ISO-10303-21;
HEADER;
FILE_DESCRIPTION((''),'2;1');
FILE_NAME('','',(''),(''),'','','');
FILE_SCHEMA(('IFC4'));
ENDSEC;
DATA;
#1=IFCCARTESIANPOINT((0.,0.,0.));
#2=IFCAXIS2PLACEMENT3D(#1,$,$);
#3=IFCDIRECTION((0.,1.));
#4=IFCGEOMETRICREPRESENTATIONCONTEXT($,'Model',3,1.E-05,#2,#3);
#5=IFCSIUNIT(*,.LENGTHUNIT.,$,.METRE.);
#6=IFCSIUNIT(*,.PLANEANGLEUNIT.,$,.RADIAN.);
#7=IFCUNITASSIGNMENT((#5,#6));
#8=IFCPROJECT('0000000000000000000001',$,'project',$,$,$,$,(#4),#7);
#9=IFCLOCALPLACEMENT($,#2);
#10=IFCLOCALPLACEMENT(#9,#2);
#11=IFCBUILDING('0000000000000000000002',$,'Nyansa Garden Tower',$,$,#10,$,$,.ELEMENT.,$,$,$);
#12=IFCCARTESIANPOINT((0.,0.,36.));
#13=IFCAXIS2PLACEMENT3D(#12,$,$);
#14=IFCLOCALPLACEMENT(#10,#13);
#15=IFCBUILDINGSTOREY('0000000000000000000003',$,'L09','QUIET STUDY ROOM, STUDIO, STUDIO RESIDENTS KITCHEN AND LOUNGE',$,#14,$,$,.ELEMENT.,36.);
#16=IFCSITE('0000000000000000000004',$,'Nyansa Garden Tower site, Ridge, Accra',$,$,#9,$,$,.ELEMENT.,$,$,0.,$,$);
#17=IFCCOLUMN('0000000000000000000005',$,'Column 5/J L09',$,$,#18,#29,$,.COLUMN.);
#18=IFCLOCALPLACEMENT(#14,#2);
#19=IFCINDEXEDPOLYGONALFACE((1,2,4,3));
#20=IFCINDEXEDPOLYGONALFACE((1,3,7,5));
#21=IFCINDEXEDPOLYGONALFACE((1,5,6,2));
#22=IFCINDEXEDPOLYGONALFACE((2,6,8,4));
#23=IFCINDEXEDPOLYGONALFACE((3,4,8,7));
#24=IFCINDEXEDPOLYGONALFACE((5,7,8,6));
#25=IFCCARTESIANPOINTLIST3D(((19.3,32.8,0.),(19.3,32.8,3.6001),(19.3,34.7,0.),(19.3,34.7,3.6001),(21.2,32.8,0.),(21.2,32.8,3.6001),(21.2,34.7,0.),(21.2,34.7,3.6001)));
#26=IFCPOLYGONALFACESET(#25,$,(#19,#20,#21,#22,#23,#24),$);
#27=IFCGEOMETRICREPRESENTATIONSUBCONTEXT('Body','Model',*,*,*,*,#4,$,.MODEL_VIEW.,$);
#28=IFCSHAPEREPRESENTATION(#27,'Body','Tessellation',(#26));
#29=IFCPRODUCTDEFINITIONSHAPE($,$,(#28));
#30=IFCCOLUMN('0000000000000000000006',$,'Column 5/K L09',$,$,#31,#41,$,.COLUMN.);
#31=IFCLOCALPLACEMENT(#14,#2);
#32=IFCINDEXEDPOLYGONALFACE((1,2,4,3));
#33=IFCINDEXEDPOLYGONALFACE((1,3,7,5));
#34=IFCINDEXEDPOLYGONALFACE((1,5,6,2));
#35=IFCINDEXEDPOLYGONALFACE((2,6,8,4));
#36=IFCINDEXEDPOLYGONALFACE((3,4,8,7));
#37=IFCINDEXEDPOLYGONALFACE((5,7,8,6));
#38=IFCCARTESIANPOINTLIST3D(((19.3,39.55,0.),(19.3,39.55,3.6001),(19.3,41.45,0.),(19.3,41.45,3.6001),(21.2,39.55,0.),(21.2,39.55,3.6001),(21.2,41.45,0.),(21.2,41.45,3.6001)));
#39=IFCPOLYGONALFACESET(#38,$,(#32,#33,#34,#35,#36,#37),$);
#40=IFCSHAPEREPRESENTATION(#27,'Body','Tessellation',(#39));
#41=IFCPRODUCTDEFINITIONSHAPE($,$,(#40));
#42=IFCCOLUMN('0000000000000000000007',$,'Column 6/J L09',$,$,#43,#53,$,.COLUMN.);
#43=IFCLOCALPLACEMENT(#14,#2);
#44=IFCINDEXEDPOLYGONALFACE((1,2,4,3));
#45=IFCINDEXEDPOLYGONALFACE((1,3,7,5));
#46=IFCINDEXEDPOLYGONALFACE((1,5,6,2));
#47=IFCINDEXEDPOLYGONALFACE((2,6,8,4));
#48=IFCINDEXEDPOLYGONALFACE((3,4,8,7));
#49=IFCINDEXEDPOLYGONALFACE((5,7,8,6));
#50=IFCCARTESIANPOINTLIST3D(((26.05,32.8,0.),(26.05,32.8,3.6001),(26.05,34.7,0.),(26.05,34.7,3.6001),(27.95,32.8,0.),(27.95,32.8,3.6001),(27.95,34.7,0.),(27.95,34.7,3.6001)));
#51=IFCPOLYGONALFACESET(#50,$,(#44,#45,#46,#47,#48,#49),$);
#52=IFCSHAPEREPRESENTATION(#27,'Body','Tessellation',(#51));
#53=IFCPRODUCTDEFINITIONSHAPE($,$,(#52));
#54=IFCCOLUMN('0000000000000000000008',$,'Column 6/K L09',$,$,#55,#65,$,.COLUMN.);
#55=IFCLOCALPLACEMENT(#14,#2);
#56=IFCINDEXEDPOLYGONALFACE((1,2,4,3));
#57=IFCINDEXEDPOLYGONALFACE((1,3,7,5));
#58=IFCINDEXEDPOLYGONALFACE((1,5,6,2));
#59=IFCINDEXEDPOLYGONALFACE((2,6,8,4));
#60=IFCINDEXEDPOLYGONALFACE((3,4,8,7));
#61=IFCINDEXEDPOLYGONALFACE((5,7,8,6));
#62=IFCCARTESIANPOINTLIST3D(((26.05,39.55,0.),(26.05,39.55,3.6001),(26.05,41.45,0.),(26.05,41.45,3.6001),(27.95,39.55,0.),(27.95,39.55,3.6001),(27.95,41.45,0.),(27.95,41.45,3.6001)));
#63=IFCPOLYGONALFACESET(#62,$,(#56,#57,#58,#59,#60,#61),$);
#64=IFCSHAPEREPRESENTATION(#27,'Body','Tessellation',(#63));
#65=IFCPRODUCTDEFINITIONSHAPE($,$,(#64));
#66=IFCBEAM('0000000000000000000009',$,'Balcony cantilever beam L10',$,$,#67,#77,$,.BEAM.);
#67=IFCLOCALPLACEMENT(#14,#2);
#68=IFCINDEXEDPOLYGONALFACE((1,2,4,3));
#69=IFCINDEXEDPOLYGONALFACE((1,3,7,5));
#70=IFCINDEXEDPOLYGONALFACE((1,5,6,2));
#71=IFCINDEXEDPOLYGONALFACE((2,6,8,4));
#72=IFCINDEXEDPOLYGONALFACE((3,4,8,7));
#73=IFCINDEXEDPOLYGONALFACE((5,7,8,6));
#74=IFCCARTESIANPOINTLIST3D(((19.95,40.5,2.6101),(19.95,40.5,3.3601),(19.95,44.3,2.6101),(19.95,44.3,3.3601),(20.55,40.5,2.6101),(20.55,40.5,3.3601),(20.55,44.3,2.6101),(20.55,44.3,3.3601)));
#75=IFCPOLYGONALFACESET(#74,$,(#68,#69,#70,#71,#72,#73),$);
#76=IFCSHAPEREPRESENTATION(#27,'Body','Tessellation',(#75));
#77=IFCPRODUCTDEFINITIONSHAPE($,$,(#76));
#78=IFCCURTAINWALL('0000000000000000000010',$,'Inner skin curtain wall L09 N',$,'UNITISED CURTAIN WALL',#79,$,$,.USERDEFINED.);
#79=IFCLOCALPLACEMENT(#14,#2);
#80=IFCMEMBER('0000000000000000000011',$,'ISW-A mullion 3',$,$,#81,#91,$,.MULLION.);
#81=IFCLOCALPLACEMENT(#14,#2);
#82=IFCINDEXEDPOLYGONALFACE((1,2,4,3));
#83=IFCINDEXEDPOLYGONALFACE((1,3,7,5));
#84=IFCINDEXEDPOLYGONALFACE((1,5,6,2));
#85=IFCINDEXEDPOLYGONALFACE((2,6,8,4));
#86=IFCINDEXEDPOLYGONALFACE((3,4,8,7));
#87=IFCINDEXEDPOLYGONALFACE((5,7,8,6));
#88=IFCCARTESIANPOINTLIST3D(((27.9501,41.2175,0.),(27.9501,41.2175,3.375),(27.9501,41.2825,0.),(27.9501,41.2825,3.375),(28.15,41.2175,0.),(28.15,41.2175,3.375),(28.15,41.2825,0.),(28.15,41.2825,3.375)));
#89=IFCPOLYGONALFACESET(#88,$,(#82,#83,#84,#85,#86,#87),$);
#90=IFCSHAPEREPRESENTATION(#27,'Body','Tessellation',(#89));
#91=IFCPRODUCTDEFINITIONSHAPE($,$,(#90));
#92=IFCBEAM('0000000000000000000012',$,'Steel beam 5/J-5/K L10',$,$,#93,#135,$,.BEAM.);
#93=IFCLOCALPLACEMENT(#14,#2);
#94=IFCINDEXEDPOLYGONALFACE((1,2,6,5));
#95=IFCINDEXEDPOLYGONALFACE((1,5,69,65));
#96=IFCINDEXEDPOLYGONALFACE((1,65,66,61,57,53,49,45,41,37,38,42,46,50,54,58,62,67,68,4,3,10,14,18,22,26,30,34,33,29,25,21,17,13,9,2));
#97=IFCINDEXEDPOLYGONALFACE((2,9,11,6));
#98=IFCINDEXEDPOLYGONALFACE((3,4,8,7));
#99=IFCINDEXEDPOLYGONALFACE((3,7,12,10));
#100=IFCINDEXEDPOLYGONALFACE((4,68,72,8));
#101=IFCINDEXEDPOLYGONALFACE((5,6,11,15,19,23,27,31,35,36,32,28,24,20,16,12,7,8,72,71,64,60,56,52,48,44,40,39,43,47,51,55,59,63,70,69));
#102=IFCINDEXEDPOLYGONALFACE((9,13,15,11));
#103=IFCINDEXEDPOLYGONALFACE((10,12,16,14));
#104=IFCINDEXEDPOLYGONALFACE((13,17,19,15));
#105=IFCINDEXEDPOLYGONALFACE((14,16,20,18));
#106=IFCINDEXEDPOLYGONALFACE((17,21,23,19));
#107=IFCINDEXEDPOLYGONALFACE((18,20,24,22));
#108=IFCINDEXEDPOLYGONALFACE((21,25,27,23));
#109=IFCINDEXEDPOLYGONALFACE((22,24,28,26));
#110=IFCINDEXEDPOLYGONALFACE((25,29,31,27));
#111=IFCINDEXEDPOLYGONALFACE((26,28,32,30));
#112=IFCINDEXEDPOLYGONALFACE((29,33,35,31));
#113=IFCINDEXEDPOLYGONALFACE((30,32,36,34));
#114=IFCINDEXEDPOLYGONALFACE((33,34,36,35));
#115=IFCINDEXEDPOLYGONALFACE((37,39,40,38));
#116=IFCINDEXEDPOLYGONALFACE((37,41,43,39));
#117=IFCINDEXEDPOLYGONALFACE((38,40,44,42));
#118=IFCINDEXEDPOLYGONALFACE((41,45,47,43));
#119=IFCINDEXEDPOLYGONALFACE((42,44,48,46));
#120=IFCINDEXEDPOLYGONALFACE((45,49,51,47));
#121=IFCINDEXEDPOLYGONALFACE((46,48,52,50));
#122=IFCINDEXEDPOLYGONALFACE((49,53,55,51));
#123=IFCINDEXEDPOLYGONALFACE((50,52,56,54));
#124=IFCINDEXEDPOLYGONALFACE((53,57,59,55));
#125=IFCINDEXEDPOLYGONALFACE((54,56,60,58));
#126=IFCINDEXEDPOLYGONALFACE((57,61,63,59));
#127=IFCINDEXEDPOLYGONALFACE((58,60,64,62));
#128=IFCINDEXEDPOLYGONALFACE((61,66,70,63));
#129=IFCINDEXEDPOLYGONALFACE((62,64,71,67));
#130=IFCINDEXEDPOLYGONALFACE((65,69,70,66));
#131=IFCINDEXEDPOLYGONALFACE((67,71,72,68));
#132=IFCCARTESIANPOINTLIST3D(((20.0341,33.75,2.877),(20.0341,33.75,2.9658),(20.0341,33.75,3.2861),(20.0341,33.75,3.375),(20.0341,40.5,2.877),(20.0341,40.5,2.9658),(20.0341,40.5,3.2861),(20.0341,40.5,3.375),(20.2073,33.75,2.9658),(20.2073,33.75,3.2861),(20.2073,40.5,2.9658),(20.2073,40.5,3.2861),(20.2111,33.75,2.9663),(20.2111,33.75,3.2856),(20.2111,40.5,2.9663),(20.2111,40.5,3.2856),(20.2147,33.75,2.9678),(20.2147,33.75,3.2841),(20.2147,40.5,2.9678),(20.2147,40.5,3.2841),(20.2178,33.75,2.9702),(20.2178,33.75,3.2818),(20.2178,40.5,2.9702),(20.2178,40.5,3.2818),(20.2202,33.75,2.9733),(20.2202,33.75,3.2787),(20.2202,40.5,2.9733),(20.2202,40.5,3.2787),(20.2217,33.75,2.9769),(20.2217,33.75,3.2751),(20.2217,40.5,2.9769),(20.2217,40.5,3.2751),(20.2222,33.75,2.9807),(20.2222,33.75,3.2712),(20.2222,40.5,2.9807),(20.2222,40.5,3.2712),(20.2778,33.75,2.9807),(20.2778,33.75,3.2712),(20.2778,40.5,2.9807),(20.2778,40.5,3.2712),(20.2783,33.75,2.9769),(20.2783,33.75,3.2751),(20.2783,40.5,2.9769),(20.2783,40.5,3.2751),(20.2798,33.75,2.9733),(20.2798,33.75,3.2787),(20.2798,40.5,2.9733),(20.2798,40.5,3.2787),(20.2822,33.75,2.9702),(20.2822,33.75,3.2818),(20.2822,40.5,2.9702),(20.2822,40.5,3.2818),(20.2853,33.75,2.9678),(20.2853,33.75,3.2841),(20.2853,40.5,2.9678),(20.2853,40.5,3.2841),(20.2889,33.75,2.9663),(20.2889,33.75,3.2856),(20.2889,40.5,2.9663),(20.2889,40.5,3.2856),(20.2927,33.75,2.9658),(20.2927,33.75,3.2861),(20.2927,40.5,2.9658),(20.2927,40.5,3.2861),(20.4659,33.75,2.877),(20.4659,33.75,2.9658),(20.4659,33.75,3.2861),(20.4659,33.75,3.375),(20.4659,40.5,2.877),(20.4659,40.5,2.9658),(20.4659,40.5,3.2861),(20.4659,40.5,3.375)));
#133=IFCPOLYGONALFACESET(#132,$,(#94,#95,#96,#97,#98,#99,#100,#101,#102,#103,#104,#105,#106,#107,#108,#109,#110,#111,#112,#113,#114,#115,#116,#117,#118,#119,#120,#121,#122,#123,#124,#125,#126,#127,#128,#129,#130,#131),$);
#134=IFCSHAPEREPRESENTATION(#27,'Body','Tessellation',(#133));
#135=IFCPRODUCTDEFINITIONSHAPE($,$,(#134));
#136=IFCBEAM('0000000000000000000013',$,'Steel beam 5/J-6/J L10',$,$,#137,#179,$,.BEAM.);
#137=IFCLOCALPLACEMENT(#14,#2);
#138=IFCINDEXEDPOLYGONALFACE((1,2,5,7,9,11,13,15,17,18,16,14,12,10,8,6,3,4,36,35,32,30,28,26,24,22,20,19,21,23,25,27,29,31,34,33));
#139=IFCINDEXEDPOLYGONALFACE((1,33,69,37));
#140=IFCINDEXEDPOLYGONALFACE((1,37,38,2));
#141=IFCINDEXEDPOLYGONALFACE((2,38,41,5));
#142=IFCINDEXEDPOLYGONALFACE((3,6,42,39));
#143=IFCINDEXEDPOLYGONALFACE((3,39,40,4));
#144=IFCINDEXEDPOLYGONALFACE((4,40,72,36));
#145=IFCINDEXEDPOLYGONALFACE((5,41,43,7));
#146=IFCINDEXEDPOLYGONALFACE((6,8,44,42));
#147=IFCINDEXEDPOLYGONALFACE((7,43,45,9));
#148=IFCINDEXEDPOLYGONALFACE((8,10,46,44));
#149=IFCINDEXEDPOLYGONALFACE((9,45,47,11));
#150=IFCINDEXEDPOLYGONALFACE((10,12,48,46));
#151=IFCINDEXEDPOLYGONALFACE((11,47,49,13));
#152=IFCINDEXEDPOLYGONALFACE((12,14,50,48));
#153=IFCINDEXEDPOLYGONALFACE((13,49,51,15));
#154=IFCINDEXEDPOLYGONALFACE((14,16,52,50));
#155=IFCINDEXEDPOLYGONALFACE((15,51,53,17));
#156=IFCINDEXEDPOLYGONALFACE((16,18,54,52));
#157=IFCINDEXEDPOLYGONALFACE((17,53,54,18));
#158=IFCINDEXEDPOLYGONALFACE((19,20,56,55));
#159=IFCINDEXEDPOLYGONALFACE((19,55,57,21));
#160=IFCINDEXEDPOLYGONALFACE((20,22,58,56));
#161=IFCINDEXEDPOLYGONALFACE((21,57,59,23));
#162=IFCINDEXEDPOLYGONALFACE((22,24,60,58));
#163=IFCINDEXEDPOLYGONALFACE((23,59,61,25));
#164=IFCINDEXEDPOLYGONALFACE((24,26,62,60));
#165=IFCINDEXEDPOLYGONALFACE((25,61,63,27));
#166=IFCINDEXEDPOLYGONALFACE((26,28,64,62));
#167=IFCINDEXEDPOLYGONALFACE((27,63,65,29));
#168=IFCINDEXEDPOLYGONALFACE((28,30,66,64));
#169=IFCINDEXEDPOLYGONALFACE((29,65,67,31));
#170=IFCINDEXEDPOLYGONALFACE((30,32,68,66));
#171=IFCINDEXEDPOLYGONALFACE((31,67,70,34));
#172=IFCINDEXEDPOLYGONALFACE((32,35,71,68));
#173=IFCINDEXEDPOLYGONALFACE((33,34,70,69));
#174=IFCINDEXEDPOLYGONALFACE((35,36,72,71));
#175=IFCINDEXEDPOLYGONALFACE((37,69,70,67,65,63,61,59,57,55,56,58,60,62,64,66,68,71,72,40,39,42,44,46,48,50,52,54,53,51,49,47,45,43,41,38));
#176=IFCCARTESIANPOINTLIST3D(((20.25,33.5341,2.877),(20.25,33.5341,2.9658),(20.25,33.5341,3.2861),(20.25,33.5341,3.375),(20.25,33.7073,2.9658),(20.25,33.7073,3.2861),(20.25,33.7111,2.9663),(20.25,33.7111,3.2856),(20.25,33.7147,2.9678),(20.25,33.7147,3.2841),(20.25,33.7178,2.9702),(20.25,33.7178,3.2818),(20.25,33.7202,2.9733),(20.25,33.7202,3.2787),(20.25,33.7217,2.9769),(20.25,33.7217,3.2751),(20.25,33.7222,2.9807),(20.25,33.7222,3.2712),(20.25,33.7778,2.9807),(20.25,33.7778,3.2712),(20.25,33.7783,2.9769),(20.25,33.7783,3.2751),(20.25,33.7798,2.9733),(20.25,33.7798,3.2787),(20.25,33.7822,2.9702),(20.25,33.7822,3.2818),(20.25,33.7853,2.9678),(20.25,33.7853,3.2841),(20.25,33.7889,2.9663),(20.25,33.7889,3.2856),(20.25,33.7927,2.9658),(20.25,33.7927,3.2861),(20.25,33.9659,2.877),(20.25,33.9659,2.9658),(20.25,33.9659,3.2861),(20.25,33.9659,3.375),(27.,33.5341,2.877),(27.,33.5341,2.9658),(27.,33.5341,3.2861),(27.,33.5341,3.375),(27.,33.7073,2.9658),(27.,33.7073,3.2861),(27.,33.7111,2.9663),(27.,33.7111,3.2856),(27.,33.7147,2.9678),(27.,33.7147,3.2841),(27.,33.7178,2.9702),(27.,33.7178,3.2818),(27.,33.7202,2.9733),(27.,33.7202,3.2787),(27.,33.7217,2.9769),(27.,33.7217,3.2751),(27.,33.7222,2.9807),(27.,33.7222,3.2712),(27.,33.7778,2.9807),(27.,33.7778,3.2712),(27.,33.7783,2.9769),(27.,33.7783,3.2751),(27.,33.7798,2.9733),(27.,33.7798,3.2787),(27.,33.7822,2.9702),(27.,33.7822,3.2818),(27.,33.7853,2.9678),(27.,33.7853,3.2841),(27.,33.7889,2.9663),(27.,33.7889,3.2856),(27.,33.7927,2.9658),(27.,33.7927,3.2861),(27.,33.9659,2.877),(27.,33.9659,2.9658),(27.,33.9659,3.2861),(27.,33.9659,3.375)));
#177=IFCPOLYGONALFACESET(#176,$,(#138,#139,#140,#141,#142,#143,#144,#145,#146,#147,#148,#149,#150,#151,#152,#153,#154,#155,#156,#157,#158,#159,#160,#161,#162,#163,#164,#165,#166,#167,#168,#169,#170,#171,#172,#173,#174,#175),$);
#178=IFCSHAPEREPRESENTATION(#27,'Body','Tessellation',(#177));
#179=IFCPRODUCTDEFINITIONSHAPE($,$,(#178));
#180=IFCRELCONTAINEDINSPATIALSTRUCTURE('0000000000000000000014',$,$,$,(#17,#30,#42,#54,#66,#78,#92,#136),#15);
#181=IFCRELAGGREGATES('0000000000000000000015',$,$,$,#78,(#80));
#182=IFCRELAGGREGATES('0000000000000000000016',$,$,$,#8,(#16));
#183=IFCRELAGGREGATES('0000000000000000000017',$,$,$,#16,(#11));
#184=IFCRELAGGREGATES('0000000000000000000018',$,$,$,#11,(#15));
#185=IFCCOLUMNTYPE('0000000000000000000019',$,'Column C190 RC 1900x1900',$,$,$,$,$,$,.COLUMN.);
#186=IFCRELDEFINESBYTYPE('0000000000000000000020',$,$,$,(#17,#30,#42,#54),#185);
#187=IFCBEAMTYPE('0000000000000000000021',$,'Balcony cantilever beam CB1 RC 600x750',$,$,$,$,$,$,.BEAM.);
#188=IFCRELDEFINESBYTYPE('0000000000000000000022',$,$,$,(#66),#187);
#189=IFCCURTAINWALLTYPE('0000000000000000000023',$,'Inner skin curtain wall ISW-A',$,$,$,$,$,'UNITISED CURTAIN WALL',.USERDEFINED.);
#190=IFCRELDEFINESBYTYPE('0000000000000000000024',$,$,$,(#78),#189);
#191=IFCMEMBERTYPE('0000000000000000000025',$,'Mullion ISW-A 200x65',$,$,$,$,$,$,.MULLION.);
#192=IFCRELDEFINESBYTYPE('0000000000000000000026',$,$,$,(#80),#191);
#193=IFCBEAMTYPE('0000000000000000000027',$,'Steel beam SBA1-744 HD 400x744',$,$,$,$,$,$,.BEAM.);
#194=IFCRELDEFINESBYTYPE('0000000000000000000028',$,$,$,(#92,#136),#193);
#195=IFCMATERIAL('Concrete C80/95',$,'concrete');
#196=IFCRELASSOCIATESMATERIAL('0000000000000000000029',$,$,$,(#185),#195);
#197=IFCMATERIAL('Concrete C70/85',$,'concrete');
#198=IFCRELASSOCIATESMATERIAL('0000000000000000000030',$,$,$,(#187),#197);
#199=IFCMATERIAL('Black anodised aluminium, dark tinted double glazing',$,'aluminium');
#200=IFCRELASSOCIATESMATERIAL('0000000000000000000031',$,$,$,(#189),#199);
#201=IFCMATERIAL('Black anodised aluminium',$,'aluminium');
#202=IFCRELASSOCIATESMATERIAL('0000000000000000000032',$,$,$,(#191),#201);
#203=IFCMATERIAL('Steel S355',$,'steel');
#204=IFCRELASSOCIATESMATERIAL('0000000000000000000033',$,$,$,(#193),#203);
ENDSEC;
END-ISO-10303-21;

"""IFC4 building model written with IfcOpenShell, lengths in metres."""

from ifc_helpers import new_model, si_unit, direction, frame, origin, origin_2d, place, context, subcontext, project, spatial, rectangle, i_section, extrude, material, material_profile, profile_set, type_object, element, aggregate, save


model = new_model("IFC4")

# Units and contexts
model_context = context("Model", 3, precision=1e-05, world=origin(), true_north=direction((0.0, 1.0)))
body_context = subcontext(model_context, "Body", "Model", "MODEL_VIEW")
ifc_project = project(units=[si_unit("LENGTHUNIT", "METRE"), si_unit("PLANEANGLEUNIT", "RADIAN")], contexts=[model_context])

# Site, building, storey
site_placement = place(None, origin())
site = spatial("IfcSite", under=ifc_project, at=site_placement, Name="Nyansa Garden Tower site, Ridge, Accra", CompositionType="ELEMENT", RefElevation=0.0)
building_placement = place(site_placement, origin())
building = spatial("IfcBuilding", under=site, at=building_placement, Name="Nyansa Garden Tower", CompositionType="ELEMENT")
storey_placement = place(building_placement, frame((0.0, 0.0, 36.0)))
storey = spatial("IfcBuildingStorey", under=building, at=storey_placement, Name="L09", Description="QUIET STUDY ROOM, STUDIO, STUDIO RESIDENTS KITCHEN AND LOUNGE", CompositionType="ELEMENT", Elevation=36.0)

# Columns
ifc_material_1 = material(Name="Concrete C80/95", Category="concrete")
ifc_material_profile_1 = material_profile(ifc_material_1, rectangle(XDim=1.8999, YDim=1.8999, at=origin_2d()), Name="RC 1900x1900")
ifc_profile_set_1 = profile_set([ifc_material_profile_1], Name="Concrete C80/95")
column_type = type_object("IfcColumnType", Name="Column C190 RC 1900x1900", PredefinedType="COLUMN", material=ifc_profile_set_1)
for number, where, z_axis, x_axis, name in (
    (1, (20.25, 33.75, 0.0), (0.0, 0.0, 1.0), (1.0, 0.0, 0.0), "Column 5/J L09"),
    (2, (20.25, 40.5, 0.0), (0.0, 0.0, 1.0), (1.0, 0.0, 0.0), "Column 5/K L09"),
    (3, (27.0, 33.75, 0.0), (0.0, 0.0, 1.0), (1.0, 0.0, 0.0), "Column 6/J L09"),
    (4, (27.0, 40.5, 0.0), (0.0, 0.0, 1.0), (1.0, 0.0, 0.0), "Column 6/K L09"),
):
    element("IfcColumn", number, at=place(storey_placement, frame(where, z_axis=z_axis, x_axis=x_axis)), inside=storey, type_object=column_type, Name=name, PredefinedType="COLUMN", context=body_context, shape_type="SweptSolid", body=[
        extrude(rectangle(XDim=1.8999, YDim=1.8999, at=origin_2d()), origin(), (0.0, 0.0, 1.0), 3.6001),
    ])

# Beam
ifc_material_2 = material(Name="Concrete C70/85", Category="concrete")
ifc_material_profile_2 = material_profile(ifc_material_2, rectangle(XDim=0.6001, YDim=0.75, at=origin_2d()), Name="RC 600x750")
ifc_profile_set_2 = profile_set([ifc_material_profile_2], Name="Concrete C70/85")
beam_type_1 = type_object("IfcBeamType", Name="Balcony cantilever beam CB1 RC 600x750", PredefinedType="BEAM", material=ifc_profile_set_2)
beam_placement = place(storey_placement, frame((20.25, 40.5, 2.9851), z_axis=(0.0, 1.0, 0.0), x_axis=(-1.0, 0.0, 0.0)))
element("IfcBeam", 5, at=beam_placement, inside=storey, type_object=beam_type_1, Name="Balcony cantilever beam L10", PredefinedType="BEAM", context=body_context, shape_type="SweptSolid", body=[
    extrude(rectangle(XDim=0.6001, YDim=0.75, at=origin_2d()), origin(), (0.0, 0.0, 1.0), 3.8),
])

# Curtain wall, member
ifc_material_3 = material(Name="Black anodised aluminium, dark tinted double glazing", Category="aluminium")
curtain_wall_type = type_object("IfcCurtainWallType", Name="Inner skin curtain wall ISW-A", ElementType="UNITISED CURTAIN WALL", PredefinedType="USERDEFINED", material=ifc_material_3)
curtain_wall_placement = place(storey_placement, origin())
curtain_wall = element("IfcCurtainWall", 6, at=curtain_wall_placement, inside=storey, type_object=curtain_wall_type, Name="Inner skin curtain wall L09 N", ObjectType="UNITISED CURTAIN WALL", PredefinedType="USERDEFINED")
ifc_material_4 = material(Name="Black anodised aluminium", Category="aluminium")
ifc_material_profile_3 = material_profile(ifc_material_4, rectangle(XDim=0.0649, YDim=0.2, at=origin_2d()), Name="Mullion 200x65")
ifc_profile_set_3 = profile_set([ifc_material_profile_3], Name="Black anodised aluminium")
member_type_1 = type_object("IfcMemberType", Name="Mullion ISW-A 200x65", PredefinedType="MULLION", material=ifc_profile_set_3)
member_1_placement = place(storey_placement, frame((28.05, 41.25, 0.0), z_axis=(0.0, 0.0, 1.0), x_axis=(0.0, -1.0, 0.0)))
member_1 = element("IfcMember", 7, at=member_1_placement, type_object=member_type_1, Name="ISW-A mullion 3", PredefinedType="MULLION", context=body_context, shape_type="SweptSolid", body=[
    extrude(rectangle(XDim=0.0649, YDim=0.2, at=origin_2d()), origin(), (0.0, 0.0, 1.0), 3.375),
])

# Beams
ifc_material_5 = material(Name="Steel S355", Category="steel")
ifc_material_profile_4 = material_profile(ifc_material_5, i_section(OverallWidth=0.4319, OverallDepth=0.498, WebThickness=0.0557, FlangeThickness=0.0889, FilletRadius=0.0149, at=origin_2d()), Name="HD 400x744")
ifc_profile_set_4 = profile_set([ifc_material_profile_4], Name="Steel S355")
beam_type_2 = type_object("IfcBeamType", Name="Steel beam SBA1-744 HD 400x744", PredefinedType="BEAM", material=ifc_profile_set_4)
for number, where, z_axis, x_axis, name in (
    (8, (20.25, 33.75, 3.126), (0.0, 1.0, 0.0), (-1.0, 0.0, 0.0), "Steel beam 5/J-5/K L10"),
    (9, (20.25, 33.75, 3.126), (1.0, 0.0, 0.0), (0.0, 1.0, 0.0), "Steel beam 5/J-6/J L10"),
):
    element("IfcBeam", number, at=place(storey_placement, frame(where, z_axis=z_axis, x_axis=x_axis)), inside=storey, type_object=beam_type_2, Name=name, PredefinedType="BEAM", context=body_context, shape_type="SweptSolid", body=[
        extrude(i_section(OverallWidth=0.4319, OverallDepth=0.498, WebThickness=0.0557, FlangeThickness=0.0889, FilletRadius=0.0149, at=origin_2d()), origin(), (0.0, 0.0, 1.0), 6.75),
    ])

aggregate(curtain_wall, [member_1])

save(model, "model.ifc")
